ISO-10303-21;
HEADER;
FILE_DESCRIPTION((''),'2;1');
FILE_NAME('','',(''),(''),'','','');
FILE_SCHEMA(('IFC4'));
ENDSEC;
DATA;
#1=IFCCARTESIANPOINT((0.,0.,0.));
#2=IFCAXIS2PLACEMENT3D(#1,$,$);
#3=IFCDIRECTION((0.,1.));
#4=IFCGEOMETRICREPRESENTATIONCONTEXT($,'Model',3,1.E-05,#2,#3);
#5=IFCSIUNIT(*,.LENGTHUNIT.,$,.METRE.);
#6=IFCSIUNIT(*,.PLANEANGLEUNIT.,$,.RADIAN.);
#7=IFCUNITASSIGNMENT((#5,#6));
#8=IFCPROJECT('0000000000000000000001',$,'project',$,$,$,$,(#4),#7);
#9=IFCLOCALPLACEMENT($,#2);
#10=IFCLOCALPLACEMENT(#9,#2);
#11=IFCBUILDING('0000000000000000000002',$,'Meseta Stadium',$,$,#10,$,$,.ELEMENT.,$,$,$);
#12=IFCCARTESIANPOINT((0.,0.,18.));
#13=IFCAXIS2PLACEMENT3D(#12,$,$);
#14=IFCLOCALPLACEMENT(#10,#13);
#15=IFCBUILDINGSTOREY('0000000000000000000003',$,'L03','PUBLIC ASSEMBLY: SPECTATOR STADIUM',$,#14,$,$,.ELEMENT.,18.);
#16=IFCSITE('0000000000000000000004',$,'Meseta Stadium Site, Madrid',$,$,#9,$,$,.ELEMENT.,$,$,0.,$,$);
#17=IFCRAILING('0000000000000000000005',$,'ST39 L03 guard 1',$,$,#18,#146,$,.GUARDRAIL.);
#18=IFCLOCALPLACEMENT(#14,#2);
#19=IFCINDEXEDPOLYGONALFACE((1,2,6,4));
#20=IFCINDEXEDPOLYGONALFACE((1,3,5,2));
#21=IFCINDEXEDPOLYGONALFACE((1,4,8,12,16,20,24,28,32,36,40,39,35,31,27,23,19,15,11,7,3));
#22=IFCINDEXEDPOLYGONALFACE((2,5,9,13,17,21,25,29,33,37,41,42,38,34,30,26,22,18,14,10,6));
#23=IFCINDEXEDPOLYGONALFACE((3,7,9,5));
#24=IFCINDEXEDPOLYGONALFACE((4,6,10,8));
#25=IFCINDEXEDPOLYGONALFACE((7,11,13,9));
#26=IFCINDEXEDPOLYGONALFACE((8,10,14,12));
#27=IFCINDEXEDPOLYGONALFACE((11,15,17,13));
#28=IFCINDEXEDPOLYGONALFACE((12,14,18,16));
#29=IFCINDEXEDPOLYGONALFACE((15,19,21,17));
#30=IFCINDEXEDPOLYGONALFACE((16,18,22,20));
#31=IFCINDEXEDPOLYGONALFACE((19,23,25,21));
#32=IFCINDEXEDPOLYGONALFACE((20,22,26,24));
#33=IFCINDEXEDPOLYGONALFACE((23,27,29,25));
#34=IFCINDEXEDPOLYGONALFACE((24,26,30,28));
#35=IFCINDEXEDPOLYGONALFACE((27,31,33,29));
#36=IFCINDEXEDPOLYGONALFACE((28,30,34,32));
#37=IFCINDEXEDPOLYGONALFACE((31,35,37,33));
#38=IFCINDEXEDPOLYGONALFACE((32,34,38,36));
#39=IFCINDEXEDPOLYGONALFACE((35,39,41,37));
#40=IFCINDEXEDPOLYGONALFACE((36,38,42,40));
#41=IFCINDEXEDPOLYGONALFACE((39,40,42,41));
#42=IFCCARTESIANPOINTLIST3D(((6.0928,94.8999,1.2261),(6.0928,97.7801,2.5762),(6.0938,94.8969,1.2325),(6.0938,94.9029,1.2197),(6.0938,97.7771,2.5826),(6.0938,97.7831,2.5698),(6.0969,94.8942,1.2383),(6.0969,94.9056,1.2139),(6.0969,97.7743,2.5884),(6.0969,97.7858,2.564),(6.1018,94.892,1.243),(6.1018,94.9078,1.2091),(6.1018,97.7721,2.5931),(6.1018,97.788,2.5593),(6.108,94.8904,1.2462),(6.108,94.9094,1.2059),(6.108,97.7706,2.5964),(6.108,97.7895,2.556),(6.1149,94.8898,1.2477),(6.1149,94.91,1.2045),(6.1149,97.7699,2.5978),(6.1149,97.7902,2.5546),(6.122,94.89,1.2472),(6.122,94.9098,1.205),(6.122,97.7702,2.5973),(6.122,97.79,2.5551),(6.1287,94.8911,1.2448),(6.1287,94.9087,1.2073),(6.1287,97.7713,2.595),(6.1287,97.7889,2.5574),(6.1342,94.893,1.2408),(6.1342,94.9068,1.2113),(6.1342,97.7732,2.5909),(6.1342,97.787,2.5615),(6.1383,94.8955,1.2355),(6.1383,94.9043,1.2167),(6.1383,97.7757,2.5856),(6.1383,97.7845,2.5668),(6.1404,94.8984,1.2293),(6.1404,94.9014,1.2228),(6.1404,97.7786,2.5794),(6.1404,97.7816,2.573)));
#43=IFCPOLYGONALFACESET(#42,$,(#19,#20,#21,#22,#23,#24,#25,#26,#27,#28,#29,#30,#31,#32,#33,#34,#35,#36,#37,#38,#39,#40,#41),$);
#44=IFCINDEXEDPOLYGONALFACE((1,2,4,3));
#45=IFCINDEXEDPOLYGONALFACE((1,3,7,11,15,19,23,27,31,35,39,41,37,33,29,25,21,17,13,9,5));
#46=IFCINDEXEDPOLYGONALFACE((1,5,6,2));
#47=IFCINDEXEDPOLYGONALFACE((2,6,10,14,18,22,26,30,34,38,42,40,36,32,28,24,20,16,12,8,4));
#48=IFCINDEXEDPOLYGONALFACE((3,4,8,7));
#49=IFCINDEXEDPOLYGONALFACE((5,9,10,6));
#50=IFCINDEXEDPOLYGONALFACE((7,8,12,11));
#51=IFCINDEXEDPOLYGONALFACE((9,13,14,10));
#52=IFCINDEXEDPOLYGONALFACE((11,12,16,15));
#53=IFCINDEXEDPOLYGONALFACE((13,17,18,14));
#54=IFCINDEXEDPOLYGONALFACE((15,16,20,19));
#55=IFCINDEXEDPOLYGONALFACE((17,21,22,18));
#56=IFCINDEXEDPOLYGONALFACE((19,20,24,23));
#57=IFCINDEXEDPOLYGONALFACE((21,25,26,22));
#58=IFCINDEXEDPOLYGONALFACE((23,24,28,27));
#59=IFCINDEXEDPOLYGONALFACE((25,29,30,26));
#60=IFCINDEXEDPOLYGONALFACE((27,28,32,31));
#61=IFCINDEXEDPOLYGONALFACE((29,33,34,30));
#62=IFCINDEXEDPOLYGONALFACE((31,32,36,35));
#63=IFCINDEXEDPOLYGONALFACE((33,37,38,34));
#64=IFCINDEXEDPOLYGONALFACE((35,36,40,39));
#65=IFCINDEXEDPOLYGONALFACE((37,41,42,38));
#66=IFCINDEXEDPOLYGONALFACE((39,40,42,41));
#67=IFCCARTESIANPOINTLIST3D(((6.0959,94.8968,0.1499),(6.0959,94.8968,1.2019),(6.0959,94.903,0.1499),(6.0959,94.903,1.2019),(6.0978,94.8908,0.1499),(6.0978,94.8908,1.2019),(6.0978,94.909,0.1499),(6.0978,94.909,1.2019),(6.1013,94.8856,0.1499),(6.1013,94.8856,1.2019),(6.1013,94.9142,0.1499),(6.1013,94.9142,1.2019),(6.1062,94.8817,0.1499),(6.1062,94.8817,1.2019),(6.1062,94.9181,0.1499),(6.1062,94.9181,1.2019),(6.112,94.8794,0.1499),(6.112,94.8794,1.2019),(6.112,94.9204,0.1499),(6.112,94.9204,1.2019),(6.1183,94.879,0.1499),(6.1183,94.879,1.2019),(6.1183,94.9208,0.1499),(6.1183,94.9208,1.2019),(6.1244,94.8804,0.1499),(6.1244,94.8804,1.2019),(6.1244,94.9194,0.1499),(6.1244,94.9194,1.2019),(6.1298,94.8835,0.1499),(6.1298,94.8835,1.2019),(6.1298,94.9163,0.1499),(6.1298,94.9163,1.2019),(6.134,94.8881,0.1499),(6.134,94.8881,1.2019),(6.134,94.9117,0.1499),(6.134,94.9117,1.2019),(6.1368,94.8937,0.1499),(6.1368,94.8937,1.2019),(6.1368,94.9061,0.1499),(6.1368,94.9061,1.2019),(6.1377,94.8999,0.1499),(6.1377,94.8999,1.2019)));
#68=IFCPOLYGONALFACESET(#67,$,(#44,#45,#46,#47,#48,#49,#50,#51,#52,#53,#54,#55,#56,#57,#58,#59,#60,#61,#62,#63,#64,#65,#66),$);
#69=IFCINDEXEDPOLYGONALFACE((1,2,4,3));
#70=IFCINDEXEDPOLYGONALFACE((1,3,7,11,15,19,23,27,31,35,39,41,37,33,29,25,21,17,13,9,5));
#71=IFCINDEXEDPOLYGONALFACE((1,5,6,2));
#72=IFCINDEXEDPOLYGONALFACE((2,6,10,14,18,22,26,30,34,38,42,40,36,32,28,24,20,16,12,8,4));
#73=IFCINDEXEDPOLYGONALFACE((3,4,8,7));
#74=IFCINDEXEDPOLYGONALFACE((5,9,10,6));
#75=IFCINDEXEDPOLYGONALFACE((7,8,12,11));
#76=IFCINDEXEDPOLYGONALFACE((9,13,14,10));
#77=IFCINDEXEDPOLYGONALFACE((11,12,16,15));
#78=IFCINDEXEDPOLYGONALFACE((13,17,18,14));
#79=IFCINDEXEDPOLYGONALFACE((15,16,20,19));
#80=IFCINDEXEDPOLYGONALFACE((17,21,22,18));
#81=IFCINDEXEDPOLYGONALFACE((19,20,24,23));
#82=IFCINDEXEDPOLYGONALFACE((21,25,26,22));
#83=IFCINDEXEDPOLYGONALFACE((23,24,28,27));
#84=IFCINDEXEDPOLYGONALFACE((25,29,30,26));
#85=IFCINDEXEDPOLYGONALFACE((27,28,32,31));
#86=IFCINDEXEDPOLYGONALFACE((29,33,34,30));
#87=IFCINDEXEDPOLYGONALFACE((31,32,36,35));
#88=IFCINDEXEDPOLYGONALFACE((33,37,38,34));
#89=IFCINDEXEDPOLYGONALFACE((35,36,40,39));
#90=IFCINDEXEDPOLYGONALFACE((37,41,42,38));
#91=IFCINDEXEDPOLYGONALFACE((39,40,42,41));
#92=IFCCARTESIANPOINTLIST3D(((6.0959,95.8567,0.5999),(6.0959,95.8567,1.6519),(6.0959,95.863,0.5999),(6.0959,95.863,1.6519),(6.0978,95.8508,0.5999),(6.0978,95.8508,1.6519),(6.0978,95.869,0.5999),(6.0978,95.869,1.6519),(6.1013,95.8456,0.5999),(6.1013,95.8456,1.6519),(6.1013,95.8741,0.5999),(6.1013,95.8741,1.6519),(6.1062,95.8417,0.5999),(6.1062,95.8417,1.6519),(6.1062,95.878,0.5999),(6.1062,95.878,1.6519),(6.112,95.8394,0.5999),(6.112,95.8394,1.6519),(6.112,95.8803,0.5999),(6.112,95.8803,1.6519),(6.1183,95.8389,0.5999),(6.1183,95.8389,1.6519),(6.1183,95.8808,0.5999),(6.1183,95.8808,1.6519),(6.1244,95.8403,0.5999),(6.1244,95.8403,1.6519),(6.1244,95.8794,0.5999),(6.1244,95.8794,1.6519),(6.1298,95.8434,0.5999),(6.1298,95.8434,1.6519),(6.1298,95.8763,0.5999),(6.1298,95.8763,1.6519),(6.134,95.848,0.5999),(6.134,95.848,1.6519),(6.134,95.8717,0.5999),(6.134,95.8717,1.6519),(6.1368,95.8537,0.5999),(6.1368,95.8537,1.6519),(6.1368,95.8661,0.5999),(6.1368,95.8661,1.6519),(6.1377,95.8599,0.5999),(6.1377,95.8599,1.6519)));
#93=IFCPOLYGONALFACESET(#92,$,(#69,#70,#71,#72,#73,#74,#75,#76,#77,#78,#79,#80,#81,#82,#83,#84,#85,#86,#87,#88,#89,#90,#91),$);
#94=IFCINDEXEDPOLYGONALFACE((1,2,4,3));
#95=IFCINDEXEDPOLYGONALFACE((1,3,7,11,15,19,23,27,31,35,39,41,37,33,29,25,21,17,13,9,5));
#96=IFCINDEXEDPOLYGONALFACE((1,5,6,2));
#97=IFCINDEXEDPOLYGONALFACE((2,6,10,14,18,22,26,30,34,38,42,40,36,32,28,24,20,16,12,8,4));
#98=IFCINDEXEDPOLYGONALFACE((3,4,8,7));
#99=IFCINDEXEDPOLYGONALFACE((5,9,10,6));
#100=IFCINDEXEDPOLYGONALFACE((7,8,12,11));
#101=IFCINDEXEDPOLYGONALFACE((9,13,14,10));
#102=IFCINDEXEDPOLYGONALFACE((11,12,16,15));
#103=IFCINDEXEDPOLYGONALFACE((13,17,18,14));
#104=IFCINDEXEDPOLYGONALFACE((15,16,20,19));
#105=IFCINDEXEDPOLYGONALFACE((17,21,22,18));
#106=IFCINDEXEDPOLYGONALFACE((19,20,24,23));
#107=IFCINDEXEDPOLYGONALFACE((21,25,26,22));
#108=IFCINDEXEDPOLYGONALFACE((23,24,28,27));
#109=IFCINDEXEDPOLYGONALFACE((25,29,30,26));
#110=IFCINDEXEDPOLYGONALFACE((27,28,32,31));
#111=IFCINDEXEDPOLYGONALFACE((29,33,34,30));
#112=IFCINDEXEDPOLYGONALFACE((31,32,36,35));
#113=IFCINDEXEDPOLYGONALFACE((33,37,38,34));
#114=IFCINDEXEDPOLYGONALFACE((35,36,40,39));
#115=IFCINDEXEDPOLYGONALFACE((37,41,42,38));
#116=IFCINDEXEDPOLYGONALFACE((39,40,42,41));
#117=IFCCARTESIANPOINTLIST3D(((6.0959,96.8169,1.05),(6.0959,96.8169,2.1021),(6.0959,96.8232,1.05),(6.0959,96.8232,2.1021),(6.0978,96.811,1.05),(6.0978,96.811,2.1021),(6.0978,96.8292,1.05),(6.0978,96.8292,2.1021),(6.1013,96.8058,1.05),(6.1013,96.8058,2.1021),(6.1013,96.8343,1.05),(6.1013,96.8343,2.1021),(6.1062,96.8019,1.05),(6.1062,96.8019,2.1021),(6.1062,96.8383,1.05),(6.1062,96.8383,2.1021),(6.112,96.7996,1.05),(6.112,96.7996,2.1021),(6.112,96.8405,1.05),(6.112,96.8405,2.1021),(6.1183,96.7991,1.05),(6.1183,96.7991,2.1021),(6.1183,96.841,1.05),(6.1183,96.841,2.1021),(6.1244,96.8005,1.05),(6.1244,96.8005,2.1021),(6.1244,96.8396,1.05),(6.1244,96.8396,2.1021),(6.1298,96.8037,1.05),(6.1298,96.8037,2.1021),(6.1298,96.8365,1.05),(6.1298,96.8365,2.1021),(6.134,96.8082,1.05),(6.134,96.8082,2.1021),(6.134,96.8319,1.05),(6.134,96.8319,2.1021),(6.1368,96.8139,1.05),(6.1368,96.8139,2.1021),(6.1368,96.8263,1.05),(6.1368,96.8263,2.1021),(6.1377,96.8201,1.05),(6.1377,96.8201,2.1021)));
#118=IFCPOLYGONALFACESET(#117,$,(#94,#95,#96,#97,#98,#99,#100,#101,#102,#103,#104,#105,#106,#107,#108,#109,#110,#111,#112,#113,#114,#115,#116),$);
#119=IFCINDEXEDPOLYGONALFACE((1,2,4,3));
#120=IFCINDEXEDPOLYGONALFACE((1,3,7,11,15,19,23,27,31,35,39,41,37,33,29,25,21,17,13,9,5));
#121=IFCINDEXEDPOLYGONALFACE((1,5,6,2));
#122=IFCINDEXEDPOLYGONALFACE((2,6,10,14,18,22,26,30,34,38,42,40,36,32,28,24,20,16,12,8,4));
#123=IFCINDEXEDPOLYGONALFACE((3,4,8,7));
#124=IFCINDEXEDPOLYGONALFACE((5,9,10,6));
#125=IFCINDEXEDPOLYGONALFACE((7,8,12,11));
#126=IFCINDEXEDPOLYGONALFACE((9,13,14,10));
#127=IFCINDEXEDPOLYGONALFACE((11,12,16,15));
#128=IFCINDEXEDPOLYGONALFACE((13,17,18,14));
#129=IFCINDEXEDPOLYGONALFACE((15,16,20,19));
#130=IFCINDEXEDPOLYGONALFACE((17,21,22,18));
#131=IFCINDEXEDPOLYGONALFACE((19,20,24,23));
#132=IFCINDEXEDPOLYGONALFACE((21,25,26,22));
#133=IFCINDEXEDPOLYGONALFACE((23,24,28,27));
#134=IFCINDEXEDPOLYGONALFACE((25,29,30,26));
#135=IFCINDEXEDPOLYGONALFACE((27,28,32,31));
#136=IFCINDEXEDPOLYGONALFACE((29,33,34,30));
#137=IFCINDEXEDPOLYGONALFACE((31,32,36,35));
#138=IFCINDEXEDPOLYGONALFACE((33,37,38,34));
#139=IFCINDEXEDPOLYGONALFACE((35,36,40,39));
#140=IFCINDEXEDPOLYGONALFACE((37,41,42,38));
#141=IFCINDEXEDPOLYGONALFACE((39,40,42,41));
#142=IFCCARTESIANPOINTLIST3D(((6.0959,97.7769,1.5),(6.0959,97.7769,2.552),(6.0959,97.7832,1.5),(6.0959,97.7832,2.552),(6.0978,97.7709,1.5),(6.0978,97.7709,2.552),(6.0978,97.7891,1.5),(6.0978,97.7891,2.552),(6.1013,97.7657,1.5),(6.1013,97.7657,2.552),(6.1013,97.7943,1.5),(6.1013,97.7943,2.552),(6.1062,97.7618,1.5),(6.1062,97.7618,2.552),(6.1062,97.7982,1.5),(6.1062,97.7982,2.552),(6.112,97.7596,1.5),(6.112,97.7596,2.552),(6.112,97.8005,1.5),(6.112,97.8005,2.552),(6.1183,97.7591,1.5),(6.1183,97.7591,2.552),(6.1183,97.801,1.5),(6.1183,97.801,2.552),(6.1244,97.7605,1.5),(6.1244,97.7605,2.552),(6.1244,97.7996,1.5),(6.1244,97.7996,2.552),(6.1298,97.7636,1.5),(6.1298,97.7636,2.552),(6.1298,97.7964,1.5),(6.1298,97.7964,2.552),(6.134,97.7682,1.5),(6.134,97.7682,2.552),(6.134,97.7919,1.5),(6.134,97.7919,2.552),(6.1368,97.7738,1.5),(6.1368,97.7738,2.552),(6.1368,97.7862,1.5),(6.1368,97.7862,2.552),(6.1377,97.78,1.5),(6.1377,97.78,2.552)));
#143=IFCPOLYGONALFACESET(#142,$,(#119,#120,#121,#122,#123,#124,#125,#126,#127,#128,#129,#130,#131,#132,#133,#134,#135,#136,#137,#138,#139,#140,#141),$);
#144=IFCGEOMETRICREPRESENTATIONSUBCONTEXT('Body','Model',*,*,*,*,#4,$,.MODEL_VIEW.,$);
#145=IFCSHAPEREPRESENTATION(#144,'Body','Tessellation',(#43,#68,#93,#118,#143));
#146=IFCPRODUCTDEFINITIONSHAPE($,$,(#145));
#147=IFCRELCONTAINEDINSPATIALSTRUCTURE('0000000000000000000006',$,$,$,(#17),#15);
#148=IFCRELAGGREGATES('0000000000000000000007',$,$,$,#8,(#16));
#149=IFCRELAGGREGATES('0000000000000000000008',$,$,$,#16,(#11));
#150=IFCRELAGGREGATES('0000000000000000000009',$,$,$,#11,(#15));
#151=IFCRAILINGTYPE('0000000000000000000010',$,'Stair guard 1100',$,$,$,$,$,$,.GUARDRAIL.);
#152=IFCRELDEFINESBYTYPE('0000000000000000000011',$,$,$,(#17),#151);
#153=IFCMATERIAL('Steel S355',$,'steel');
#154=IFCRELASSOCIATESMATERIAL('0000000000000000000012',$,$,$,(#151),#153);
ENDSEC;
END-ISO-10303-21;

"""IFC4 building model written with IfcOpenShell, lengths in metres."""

from ifc_helpers import new_model, si_unit, direction, frame, origin, origin_2d, place, context, subcontext, project, spatial, circle, extrude, material, type_object, element, save


model = new_model("IFC4")

# Units and contexts
model_context = context("Model", 3, precision=1e-05, world=origin(), true_north=direction((0.0, 1.0)))
body_context = subcontext(model_context, "Body", "Model", "MODEL_VIEW")
ifc_project = project(units=[si_unit("LENGTHUNIT", "METRE"), si_unit("PLANEANGLEUNIT", "RADIAN")], contexts=[model_context])

# Site, building, storey
site_placement = place(None, origin())
site = spatial("IfcSite", under=ifc_project, at=site_placement, Name="Meseta Stadium Site, Madrid", CompositionType="ELEMENT", RefElevation=0.0)
building_placement = place(site_placement, origin())
building = spatial("IfcBuilding", under=site, at=building_placement, Name="Meseta Stadium", CompositionType="ELEMENT")
storey_placement = place(building_placement, frame((0.0, 0.0, 18.0)))
storey = spatial("IfcBuildingStorey", under=building, at=storey_placement, Name="L03", Description="PUBLIC ASSEMBLY: SPECTATOR STADIUM", CompositionType="ELEMENT", Elevation=18.0)

# Railing
ifc_material_1 = material(Name="Steel S355", Category="steel")
railing_type_1 = type_object("IfcRailingType", Name="Stair guard 1100", PredefinedType="GUARDRAIL", material=ifc_material_1)
railing_1_placement = place(storey_placement, frame((6.1167, 94.8999, 0.1499)))
element("IfcRailing", 1, at=railing_1_placement, inside=storey, type_object=railing_type_1, Name="ST39 L03 guard 1", PredefinedType="GUARDRAIL", context=body_context, shape_type="SweptSolid", body=[
    extrude(circle(Radius=0.0239, at=origin_2d()), frame((0.0, 0.0, 1.0762), z_axis=(0.0, 0.905454, 0.424444), x_axis=(-1.0, 0.0, 0.0)), (0.0, 0.0, 1.0), 3.1809),
    extrude(circle(Radius=0.021, at=origin_2d()), origin(), (0.0, 0.0, 1.0), 1.052),
    extrude(circle(Radius=0.021, at=origin_2d()), frame((0.0, 0.96, 0.45)), (0.0, 0.0, 1.0), 1.052),
    extrude(circle(Radius=0.021, at=origin_2d()), frame((0.0, 1.9202, 0.9001)), (0.0, 0.0, 1.0), 1.052),
    extrude(circle(Radius=0.021, at=origin_2d()), frame((0.0, 2.8801, 1.3501)), (0.0, 0.0, 1.0), 1.052),
])

save(model, "model.ifc")
